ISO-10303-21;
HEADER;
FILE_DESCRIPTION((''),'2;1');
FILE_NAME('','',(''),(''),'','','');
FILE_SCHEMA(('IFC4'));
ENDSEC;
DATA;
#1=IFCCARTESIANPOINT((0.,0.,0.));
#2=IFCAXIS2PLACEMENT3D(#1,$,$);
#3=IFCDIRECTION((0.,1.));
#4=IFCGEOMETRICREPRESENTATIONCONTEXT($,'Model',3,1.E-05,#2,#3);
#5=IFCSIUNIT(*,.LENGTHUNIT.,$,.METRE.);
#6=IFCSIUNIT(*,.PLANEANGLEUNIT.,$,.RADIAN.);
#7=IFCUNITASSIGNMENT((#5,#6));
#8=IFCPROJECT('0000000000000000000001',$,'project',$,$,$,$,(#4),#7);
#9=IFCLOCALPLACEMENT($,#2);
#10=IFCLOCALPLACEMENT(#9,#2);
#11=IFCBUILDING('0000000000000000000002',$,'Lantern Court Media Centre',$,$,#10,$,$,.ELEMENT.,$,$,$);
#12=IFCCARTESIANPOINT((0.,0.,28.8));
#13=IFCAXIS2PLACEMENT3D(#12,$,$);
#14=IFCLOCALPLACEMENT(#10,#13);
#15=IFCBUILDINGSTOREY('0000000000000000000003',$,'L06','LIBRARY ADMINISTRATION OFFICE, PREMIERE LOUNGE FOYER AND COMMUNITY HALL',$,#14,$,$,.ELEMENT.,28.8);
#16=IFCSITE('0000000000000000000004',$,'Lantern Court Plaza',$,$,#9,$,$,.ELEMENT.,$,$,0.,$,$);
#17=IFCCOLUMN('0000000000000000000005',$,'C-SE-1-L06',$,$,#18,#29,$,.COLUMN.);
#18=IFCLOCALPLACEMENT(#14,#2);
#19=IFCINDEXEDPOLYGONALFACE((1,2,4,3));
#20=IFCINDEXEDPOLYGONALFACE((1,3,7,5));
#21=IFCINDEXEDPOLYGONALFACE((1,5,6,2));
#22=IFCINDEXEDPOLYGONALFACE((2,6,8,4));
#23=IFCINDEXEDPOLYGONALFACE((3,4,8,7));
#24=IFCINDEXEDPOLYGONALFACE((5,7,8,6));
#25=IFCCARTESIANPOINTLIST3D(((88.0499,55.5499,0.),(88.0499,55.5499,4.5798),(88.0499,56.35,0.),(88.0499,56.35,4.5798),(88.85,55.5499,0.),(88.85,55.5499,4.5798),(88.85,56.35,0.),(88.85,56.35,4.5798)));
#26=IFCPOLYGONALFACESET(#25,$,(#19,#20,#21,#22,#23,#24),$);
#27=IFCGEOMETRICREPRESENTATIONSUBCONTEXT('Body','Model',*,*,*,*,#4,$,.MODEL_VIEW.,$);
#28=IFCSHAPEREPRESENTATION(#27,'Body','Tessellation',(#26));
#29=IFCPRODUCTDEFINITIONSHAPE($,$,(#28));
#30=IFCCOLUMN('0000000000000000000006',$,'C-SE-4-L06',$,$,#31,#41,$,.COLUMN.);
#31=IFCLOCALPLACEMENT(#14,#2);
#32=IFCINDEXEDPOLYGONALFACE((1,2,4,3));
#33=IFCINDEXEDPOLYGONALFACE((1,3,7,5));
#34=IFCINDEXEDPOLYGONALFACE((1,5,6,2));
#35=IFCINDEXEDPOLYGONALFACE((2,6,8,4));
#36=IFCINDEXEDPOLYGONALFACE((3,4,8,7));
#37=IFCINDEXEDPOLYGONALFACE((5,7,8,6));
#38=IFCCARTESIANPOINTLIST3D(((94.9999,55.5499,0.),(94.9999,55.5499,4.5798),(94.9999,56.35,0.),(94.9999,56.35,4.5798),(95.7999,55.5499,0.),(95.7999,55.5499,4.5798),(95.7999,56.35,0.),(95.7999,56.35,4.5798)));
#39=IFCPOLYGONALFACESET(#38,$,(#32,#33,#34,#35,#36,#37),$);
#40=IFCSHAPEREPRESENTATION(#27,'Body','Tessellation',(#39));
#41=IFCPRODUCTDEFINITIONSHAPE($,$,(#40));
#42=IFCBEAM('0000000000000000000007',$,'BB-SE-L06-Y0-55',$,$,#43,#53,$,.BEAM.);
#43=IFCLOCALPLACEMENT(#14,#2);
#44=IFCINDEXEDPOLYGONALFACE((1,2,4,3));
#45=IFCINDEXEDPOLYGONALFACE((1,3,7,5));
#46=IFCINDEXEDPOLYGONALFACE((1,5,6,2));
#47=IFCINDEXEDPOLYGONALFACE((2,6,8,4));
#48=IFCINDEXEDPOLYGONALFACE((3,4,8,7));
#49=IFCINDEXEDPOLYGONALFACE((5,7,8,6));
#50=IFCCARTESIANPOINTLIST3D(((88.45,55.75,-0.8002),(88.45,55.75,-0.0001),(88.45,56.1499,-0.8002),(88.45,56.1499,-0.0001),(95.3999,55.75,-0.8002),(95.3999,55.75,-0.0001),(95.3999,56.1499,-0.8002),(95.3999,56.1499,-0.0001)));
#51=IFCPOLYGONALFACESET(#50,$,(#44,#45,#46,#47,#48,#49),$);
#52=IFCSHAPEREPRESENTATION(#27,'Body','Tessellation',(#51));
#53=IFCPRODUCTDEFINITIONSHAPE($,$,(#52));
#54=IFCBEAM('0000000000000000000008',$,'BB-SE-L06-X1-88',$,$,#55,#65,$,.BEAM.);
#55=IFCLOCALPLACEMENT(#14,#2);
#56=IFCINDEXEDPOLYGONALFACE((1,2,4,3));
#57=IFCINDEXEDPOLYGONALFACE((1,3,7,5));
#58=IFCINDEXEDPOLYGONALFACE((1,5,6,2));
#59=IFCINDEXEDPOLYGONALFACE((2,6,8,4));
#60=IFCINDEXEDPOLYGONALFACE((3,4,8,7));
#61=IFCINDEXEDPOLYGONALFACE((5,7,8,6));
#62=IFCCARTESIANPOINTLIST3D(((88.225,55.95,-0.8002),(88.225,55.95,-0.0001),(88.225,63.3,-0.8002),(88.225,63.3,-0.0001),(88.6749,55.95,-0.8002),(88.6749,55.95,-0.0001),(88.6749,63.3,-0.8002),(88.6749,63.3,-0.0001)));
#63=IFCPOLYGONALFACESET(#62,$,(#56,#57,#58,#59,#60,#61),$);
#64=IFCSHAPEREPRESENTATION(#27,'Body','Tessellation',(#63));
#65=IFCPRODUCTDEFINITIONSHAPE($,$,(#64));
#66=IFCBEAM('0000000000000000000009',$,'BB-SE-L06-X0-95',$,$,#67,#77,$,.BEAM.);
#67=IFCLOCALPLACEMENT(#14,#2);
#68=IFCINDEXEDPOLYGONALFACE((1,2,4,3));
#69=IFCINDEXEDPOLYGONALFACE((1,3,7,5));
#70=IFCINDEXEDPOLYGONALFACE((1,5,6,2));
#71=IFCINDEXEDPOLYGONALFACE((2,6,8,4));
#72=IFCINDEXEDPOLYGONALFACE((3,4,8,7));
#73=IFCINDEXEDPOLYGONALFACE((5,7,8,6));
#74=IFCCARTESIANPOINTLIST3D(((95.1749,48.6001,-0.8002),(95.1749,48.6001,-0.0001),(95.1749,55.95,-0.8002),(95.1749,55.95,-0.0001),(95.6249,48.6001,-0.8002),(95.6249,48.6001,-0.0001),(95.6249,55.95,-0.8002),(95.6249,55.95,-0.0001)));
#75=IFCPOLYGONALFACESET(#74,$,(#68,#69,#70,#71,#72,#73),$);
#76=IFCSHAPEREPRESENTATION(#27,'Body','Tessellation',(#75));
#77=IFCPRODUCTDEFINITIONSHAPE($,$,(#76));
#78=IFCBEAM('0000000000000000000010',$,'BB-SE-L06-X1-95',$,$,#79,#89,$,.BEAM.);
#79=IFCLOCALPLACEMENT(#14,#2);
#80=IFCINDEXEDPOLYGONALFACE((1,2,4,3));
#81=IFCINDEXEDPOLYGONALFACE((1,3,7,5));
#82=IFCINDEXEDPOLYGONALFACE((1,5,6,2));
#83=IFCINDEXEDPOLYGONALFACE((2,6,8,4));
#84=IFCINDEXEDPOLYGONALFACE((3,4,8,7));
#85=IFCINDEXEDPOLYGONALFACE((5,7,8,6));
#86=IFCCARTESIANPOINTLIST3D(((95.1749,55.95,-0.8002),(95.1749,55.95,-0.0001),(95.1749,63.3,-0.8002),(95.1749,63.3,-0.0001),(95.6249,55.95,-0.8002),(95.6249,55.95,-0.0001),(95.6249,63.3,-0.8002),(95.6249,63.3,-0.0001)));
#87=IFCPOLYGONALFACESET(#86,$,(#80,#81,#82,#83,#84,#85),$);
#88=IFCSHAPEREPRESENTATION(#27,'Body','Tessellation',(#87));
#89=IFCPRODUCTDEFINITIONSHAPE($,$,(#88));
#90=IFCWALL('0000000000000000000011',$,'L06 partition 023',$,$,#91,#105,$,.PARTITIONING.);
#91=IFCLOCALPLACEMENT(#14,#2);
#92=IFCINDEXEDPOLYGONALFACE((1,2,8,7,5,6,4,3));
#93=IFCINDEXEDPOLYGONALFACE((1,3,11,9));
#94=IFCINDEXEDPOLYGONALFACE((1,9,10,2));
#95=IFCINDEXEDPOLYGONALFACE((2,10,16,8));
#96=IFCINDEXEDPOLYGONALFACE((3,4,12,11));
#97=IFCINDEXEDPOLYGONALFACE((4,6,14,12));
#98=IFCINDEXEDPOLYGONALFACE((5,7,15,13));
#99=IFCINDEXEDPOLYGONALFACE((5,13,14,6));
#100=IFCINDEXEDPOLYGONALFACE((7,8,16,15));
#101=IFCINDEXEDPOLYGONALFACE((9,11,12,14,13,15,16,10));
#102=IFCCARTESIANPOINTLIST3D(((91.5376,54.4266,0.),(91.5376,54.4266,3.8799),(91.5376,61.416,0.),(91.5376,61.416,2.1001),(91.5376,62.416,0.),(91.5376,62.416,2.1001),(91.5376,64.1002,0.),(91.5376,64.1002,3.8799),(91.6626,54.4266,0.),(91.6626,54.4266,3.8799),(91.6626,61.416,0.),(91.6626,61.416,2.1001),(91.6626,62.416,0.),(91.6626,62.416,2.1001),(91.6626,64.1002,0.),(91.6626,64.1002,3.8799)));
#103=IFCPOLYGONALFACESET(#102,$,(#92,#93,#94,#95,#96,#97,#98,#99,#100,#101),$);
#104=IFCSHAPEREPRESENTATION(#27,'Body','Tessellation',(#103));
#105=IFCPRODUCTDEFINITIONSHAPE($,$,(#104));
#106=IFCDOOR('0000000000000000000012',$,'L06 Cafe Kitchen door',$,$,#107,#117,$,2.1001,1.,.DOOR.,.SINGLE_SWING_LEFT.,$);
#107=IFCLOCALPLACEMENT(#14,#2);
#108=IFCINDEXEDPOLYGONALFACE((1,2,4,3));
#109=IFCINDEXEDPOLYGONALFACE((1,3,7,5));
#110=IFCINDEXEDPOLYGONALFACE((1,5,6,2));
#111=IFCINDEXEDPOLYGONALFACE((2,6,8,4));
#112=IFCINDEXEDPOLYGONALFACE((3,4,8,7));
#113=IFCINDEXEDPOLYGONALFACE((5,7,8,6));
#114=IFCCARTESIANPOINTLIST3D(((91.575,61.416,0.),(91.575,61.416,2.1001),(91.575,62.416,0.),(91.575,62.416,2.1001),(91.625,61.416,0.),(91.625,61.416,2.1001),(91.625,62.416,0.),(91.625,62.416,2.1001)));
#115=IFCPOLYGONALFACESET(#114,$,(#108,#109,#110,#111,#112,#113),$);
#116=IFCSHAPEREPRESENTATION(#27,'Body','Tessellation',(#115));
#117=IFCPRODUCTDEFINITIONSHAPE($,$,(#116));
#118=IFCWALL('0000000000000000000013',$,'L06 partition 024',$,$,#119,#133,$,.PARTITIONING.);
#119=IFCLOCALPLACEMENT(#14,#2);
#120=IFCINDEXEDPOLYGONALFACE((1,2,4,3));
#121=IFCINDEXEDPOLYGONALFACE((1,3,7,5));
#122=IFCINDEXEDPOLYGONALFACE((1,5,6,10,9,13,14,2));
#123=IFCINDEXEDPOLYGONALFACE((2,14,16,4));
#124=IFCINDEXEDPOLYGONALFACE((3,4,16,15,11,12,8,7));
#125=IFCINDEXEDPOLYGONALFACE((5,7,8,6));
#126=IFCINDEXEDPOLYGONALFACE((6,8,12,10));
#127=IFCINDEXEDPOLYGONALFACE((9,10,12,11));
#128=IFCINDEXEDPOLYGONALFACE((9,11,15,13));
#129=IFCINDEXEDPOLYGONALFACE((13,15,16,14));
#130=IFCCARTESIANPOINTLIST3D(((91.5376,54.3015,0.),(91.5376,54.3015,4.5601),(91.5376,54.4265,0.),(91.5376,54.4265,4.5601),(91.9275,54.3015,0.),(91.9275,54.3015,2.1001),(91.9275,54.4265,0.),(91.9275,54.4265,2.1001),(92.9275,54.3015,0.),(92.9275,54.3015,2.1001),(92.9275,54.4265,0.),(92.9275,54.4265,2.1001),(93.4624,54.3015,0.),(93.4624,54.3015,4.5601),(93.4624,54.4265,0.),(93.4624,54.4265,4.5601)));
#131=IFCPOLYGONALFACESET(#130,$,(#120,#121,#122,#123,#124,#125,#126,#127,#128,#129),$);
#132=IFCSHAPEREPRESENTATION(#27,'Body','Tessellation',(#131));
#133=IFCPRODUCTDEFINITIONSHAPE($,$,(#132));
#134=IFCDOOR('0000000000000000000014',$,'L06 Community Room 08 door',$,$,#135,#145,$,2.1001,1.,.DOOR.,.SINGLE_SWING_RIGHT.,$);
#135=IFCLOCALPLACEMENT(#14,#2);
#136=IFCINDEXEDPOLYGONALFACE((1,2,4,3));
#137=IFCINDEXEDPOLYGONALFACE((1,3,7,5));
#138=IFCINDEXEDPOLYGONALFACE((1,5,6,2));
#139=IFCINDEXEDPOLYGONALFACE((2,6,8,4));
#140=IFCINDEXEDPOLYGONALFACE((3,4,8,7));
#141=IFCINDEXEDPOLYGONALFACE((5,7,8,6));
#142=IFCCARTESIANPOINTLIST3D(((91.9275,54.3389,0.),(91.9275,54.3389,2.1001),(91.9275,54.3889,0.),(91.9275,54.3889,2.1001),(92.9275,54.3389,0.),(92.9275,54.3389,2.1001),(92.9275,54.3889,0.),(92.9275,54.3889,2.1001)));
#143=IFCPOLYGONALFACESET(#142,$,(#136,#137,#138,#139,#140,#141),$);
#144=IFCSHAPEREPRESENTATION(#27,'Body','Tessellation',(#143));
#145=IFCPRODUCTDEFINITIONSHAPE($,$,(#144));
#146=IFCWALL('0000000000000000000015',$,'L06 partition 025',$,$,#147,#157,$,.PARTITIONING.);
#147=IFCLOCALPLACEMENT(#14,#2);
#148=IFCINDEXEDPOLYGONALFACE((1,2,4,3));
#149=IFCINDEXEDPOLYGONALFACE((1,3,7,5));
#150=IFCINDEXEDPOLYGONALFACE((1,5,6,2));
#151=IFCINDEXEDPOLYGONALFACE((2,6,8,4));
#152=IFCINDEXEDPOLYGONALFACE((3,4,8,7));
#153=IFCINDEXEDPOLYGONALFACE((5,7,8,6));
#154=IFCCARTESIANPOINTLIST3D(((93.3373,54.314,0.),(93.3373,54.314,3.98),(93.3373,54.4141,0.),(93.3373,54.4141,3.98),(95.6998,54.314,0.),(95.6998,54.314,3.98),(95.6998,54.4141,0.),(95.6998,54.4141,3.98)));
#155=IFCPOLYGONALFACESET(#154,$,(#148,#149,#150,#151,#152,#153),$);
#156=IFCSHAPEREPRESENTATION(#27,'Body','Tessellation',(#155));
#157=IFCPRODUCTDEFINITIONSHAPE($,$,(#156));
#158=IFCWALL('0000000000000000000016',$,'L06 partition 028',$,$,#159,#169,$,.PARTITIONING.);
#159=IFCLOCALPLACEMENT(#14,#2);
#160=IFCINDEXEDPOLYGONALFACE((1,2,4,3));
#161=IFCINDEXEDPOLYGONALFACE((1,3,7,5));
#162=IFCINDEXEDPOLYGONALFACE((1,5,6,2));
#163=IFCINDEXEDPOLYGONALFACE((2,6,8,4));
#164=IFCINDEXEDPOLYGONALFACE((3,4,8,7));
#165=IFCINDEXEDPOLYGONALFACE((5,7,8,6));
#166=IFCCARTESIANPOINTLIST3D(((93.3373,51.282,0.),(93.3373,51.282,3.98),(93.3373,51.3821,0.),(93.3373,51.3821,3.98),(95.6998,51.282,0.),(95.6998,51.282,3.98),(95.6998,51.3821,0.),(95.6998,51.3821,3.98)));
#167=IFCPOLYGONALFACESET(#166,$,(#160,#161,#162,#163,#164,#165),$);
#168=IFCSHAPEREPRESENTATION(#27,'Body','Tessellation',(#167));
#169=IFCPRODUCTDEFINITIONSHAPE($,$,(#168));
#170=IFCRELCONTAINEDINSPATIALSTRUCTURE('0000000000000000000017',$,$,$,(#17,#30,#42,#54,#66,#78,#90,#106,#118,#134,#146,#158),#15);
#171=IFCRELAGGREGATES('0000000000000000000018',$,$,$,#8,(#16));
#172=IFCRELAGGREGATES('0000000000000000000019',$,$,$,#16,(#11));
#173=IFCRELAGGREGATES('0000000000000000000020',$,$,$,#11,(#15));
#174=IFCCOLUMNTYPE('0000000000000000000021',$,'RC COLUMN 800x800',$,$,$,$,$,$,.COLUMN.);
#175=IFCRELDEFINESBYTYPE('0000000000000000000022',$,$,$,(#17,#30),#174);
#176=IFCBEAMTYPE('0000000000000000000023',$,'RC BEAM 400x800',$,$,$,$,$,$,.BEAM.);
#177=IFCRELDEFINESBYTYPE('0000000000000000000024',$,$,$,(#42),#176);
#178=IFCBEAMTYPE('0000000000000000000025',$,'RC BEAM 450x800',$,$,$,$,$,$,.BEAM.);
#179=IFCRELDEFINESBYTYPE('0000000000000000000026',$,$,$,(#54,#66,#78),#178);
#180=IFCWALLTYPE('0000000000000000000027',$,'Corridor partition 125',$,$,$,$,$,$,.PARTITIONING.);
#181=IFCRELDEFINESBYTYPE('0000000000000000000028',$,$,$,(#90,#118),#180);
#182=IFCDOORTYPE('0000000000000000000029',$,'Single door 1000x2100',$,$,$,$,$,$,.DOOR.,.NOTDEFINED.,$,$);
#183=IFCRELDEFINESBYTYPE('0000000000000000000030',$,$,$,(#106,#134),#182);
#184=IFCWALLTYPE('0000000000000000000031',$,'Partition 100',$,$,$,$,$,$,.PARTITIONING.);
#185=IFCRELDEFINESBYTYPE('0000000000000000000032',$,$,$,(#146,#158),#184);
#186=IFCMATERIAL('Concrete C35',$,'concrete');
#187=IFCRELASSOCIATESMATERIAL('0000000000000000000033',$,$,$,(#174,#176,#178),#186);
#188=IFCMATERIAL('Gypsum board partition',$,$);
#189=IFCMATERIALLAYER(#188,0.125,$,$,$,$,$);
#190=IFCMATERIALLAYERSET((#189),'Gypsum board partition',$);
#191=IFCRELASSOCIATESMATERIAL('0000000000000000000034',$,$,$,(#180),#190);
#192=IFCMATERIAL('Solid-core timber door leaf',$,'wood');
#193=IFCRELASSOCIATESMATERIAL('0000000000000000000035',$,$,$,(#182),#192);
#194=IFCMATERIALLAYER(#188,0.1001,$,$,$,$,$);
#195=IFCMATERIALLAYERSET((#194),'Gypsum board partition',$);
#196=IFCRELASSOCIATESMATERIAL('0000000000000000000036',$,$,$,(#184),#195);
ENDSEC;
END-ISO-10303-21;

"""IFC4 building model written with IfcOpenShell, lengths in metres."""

from ifc_helpers import new_model, si_unit, direction, frame, frame_2d, origin, origin_2d, place, context, subcontext, project, spatial, rectangle, extrude, material, layer, layer_set, material_profile, profile_set, type_object, element, fill, save


model = new_model("IFC4")

# Units and contexts
model_context = context("Model", 3, precision=1e-05, world=origin(), true_north=direction((0.0, 1.0)))
body_context = subcontext(model_context, "Body", "Model", "MODEL_VIEW")
ifc_project = project(units=[si_unit("LENGTHUNIT", "METRE"), si_unit("PLANEANGLEUNIT", "RADIAN")], contexts=[model_context])

# Site, building, storey
site_placement = place(None, origin())
site = spatial("IfcSite", under=ifc_project, at=site_placement, Name="Lantern Court Plaza", CompositionType="ELEMENT", RefElevation=0.0)
building_placement = place(site_placement, origin())
building = spatial("IfcBuilding", under=site, at=building_placement, Name="Lantern Court Media Centre", CompositionType="ELEMENT")
storey_placement = place(building_placement, frame((0.0, 0.0, 28.8)))
storey = spatial("IfcBuildingStorey", under=building, at=storey_placement, Name="L06", Description="LIBRARY ADMINISTRATION OFFICE, PREMIERE LOUNGE FOYER AND COMMUNITY HALL", CompositionType="ELEMENT", Elevation=28.8)

# Columns
ifc_material_1 = material(Name="Concrete C35", Category="concrete")
ifc_material_profile_1 = material_profile(ifc_material_1, rectangle(XDim=0.8, YDim=0.8, at=origin_2d()), Name="RC 800x800")
ifc_profile_set_1 = profile_set([ifc_material_profile_1], Name="Concrete C35")
column_type = type_object("IfcColumnType", Name="RC COLUMN 800x800", PredefinedType="COLUMN", material=ifc_profile_set_1)
for number, where, z_axis, x_axis, name in (
    (1, (88.45, 55.95, 0.0), (0.0, 0.0, 1.0), (1.0, 0.0, 0.0), "C-SE-1-L06"),
    (2, (95.3999, 55.95, 0.0), (0.0, 0.0, 1.0), (1.0, 0.0, 0.0), "C-SE-4-L06"),
):
    element("IfcColumn", number, at=place(storey_placement, frame(where, z_axis=z_axis, x_axis=x_axis)), inside=storey, type_object=column_type, Name=name, PredefinedType="COLUMN", context=body_context, shape_type="SweptSolid", body=[
        extrude(rectangle(XDim=0.8, YDim=0.8, at=origin_2d()), origin(), (0.0, 0.0, 1.0), 4.5798),
    ])

# Beams
ifc_material_profile_2 = material_profile(ifc_material_1, rectangle(XDim=0.3999, YDim=0.8, at=origin_2d()), Name="RC 400x800")
ifc_profile_set_2 = profile_set([ifc_material_profile_2], Name="Concrete C35")
beam_type_1 = type_object("IfcBeamType", Name="RC BEAM 400x800", PredefinedType="BEAM", material=ifc_profile_set_2)
beam_1_placement = place(storey_placement, frame((88.45, 55.95, -0.4001), z_axis=(1.0, 0.0, 0.0), x_axis=(0.0, 1.0, 0.0)))
element("IfcBeam", 3, at=beam_1_placement, inside=storey, type_object=beam_type_1, Name="BB-SE-L06-Y0-55", PredefinedType="BEAM", context=body_context, shape_type="SweptSolid", body=[
    extrude(rectangle(XDim=0.3999, YDim=0.8, at=origin_2d()), origin(), (0.0, 0.0, 1.0), 6.95),
])
ifc_material_profile_3 = material_profile(ifc_material_1, rectangle(XDim=0.45, YDim=0.8, at=origin_2d()), Name="RC 450x800")
ifc_profile_set_3 = profile_set([ifc_material_profile_3], Name="Concrete C35")
beam_type_2 = type_object("IfcBeamType", Name="RC BEAM 450x800", PredefinedType="BEAM", material=ifc_profile_set_3)
beam_2_placement = place(storey_placement, frame((88.45, 55.95, -0.4001), z_axis=(0.0, 1.0, 0.0), x_axis=(-1.0, 0.0, 0.0)))
element("IfcBeam", 4, at=beam_2_placement, inside=storey, type_object=beam_type_2, Name="BB-SE-L06-X1-88", PredefinedType="BEAM", context=body_context, shape_type="SweptSolid", body=[
    extrude(rectangle(XDim=0.45, YDim=0.8, at=origin_2d()), origin(), (0.0, 0.0, 1.0), 7.3501),
])
beam_3_placement = place(storey_placement, frame((95.3999, 48.6001, -0.4001), z_axis=(0.0, 1.0, 0.0), x_axis=(-1.0, 0.0, 0.0)))
element("IfcBeam", 5, at=beam_3_placement, inside=storey, type_object=beam_type_2, Name="BB-SE-L06-X0-95", PredefinedType="BEAM", context=body_context, shape_type="SweptSolid", body=[
    extrude(rectangle(XDim=0.45, YDim=0.8, at=origin_2d()), origin(), (0.0, 0.0, 1.0), 7.3499),
])
beam_4_placement = place(storey_placement, frame((95.3999, 55.95, -0.4001), z_axis=(0.0, 1.0, 0.0), x_axis=(-1.0, 0.0, 0.0)))
element("IfcBeam", 6, at=beam_4_placement, inside=storey, type_object=beam_type_2, Name="BB-SE-L06-X1-95", PredefinedType="BEAM", context=body_context, shape_type="SweptSolid", body=[
    extrude(rectangle(XDim=0.45, YDim=0.8, at=origin_2d()), origin(), (0.0, 0.0, 1.0), 7.3501),
])

# Walls, openings, doors
ifc_material_2 = material(Name="Gypsum board partition")
ifc_layer_1 = layer(ifc_material_2, 0.125)
ifc_layer_set_1 = layer_set([ifc_layer_1], Name="Gypsum board partition")
wall_type_1 = type_object("IfcWallType", Name="Corridor partition 125", PredefinedType="PARTITIONING", material=ifc_layer_set_1)
wall_1_placement = place(storey_placement, frame((91.6001, 54.4265, 0.0), z_axis=(0.0, 0.0, 1.0), x_axis=(0.0, 1.0, 0.0)))
wall_1 = element("IfcWall", 7, at=wall_1_placement, inside=storey, type_object=wall_type_1, Name="L06 partition 023", PredefinedType="PARTITIONING", context=body_context, shape_type="SweptSolid", body=[
    extrude(rectangle(XDim=9.6736, YDim=0.125, at=frame_2d((4.8369, 0.0))), origin(), (0.0, 0.0, 1.0), 3.8799),
])
opening_1_placement = place(wall_1_placement, frame((6.9895, 0.0, 0.0)))
opening_1 = element("IfcOpeningElement", 8, at=opening_1_placement, cuts=wall_1, PredefinedType="OPENING", context=body_context, shape_type="SweptSolid", body=[
    extrude(rectangle(XDim=1.0, YDim=2.1001, at=frame_2d((0.5, 1.05))), frame((0.0, 0.0725, 0.0), z_axis=(0.0, -1.0, 0.0), x_axis=(1.0, 0.0, 0.0)), (0.0, 0.0, 1.0), 0.145),
])
ifc_material_3 = material(Name="Solid-core timber door leaf", Category="wood")
door_type = type_object("IfcDoorType", Name="Single door 1000x2100", OperationType="NOTDEFINED", PredefinedType="DOOR", material=ifc_material_3)
door_1_placement = place(opening_1_placement, frame((1.0, 0.0, 0.0), z_axis=(0.0, 0.0, 1.0), x_axis=(-1.0, 0.0, 0.0)))
door_1 = element("IfcDoor", 9, at=door_1_placement, inside=storey, type_object=door_type, Name="L06 Cafe Kitchen door", OperationType="SINGLE_SWING_LEFT", OverallHeight=2.1001, OverallWidth=1.0, PredefinedType="DOOR", context=body_context, shape_type="SweptSolid", body=[
    extrude(rectangle(XDim=1.0, YDim=2.1001, at=frame_2d((0.5, 1.05))), frame((0.0, 0.0249, 0.0), z_axis=(0.0, -1.0, 0.0), x_axis=(1.0, 0.0, 0.0)), (0.0, 0.0, 1.0), 0.05),
])
fill(opening_1, door_1)
wall_2_placement = place(storey_placement, frame((91.5376, 54.364, 0.0), z_axis=(0.0, 0.0, 1.0), x_axis=(1.0, 0.0, 0.0)))
wall_2 = element("IfcWall", 10, at=wall_2_placement, inside=storey, type_object=wall_type_1, Name="L06 partition 024", PredefinedType="PARTITIONING", context=body_context, shape_type="SweptSolid", body=[
    extrude(rectangle(XDim=1.9248, YDim=0.125, at=frame_2d((0.9624, 0.0))), origin(), (0.0, 0.0, 1.0), 4.5601),
])
opening_2_placement = place(wall_2_placement, frame((0.3899, 0.0, 0.0)))
opening_2 = element("IfcOpeningElement", 11, at=opening_2_placement, cuts=wall_2, PredefinedType="OPENING", context=body_context, shape_type="SweptSolid", body=[
    extrude(rectangle(XDim=1.0, YDim=2.1001, at=frame_2d((0.5, 1.05))), frame((0.0, 0.0725, 0.0), z_axis=(0.0, -1.0, 0.0), x_axis=(1.0, 0.0, 0.0)), (0.0, 0.0, 1.0), 0.145),
])
door_2_placement = place(opening_2_placement, origin())
door_2 = element("IfcDoor", 12, at=door_2_placement, inside=storey, type_object=door_type, Name="L06 Community Room 08 door", OperationType="SINGLE_SWING_RIGHT", OverallHeight=2.1001, OverallWidth=1.0, PredefinedType="DOOR", context=body_context, shape_type="SweptSolid", body=[
    extrude(rectangle(XDim=1.0, YDim=2.1001, at=frame_2d((0.5, 1.05))), frame((0.0, 0.0249, 0.0), z_axis=(0.0, -1.0, 0.0), x_axis=(1.0, 0.0, 0.0)), (0.0, 0.0, 1.0), 0.05),
])
fill(opening_2, door_2)

# Walls
ifc_layer_2 = layer(ifc_material_2, 0.1001)
ifc_layer_set_2 = layer_set([ifc_layer_2], Name="Gypsum board partition")
wall_type_2 = type_object("IfcWallType", Name="Partition 100", PredefinedType="PARTITIONING", material=ifc_layer_set_2)
for number, where, z_axis, x_axis, name in (
    (13, (93.3374, 54.364, 0.0), (0.0, 0.0, 1.0), (1.0, 0.0, 0.0), "L06 partition 025"),
    (14, (93.3374, 51.332, 0.0), (0.0, 0.0, 1.0), (1.0, 0.0, 0.0), "L06 partition 028"),
):
    element("IfcWall", number, at=place(storey_placement, frame(where, z_axis=z_axis, x_axis=x_axis)), inside=storey, type_object=wall_type_2, Name=name, PredefinedType="PARTITIONING", context=body_context, shape_type="SweptSolid", body=[
        extrude(rectangle(XDim=2.3625, YDim=0.1001, at=frame_2d((1.1812, 0.0))), origin(), (0.0, 0.0, 1.0), 3.98),
    ])

save(model, "model.ifc")
